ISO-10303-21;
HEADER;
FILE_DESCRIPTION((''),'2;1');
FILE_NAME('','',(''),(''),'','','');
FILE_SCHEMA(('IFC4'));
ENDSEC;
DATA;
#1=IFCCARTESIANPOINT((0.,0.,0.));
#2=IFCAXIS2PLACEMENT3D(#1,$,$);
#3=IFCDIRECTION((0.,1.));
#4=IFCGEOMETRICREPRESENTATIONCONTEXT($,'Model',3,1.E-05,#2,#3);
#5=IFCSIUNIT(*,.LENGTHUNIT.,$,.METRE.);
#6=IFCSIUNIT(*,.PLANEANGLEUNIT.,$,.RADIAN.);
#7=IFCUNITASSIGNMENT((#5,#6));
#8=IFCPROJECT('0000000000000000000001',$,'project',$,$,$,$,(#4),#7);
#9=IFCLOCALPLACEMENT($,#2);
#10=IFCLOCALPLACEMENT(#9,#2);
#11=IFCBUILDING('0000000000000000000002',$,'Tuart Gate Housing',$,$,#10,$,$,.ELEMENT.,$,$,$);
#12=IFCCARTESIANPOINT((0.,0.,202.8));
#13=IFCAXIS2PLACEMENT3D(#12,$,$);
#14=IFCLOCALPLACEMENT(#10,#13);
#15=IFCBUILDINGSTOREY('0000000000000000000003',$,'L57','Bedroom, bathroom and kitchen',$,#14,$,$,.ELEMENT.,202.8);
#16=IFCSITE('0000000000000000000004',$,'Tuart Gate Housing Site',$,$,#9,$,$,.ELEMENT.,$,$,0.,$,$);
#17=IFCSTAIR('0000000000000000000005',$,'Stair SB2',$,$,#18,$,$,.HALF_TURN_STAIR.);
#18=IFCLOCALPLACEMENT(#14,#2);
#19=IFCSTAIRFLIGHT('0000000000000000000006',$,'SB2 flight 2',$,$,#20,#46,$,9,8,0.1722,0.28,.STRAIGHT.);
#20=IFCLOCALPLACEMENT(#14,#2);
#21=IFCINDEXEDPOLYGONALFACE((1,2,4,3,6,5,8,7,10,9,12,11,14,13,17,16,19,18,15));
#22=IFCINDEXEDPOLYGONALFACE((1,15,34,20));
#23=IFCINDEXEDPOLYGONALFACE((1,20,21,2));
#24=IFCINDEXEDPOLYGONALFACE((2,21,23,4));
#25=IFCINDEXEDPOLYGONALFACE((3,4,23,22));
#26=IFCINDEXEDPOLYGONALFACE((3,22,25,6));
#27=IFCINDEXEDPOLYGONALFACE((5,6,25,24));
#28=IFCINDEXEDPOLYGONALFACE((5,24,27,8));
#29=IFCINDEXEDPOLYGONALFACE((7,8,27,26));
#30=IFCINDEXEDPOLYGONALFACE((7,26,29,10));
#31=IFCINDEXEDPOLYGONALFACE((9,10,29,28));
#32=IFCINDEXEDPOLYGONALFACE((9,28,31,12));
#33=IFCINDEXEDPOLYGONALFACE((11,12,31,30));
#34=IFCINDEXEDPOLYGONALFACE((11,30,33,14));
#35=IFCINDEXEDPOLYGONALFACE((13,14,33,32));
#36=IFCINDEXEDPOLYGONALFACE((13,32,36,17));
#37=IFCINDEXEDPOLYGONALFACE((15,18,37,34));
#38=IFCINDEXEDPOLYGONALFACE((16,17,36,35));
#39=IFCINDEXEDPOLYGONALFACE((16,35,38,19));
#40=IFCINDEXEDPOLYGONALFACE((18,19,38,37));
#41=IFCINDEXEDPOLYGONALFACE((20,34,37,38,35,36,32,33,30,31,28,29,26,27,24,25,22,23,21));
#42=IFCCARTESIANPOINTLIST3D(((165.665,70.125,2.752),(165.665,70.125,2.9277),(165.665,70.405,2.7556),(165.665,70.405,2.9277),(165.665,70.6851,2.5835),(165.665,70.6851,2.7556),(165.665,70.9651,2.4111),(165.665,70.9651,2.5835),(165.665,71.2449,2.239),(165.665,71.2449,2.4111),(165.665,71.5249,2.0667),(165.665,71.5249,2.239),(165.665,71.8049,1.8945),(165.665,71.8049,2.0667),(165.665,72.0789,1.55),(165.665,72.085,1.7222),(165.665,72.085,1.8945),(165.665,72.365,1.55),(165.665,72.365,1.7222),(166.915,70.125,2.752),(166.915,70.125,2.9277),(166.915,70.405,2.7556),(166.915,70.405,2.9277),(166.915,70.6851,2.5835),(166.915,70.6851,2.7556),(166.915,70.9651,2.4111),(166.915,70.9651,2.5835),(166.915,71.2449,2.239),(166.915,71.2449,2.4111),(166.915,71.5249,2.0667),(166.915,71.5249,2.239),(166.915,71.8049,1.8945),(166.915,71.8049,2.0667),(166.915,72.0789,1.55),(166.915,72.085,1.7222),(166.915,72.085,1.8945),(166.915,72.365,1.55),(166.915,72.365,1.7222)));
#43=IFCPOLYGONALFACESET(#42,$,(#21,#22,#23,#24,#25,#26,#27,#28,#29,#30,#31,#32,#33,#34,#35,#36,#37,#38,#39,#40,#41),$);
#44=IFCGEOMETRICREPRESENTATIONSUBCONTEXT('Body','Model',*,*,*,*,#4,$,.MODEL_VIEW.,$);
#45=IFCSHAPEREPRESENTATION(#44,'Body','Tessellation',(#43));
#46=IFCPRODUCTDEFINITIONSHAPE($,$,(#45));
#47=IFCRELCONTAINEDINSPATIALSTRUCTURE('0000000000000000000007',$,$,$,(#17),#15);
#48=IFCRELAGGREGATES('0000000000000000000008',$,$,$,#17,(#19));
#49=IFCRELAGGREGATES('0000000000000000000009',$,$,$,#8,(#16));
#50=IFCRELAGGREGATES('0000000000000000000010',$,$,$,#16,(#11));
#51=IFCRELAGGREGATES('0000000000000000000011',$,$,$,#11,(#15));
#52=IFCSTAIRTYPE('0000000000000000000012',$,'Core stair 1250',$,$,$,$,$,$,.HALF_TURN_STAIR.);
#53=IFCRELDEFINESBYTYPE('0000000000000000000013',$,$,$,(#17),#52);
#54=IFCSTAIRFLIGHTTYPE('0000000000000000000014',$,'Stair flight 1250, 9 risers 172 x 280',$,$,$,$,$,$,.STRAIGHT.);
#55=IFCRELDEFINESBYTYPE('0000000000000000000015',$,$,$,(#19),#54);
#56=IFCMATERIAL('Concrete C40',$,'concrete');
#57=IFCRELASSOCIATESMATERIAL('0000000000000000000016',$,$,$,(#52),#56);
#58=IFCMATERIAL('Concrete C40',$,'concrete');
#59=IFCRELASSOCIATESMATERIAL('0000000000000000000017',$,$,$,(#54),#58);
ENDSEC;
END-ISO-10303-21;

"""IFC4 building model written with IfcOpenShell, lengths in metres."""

from ifc_helpers import new_model, si_unit, direction, frame, origin, place, context, subcontext, project, spatial, polyline, outline, extrude, material, type_object, element, aggregate, save


model = new_model("IFC4")

# Units and contexts
model_context = context("Model", 3, precision=1e-05, world=origin(), true_north=direction((0.0, 1.0)))
body_context = subcontext(model_context, "Body", "Model", "MODEL_VIEW")
ifc_project = project(units=[si_unit("LENGTHUNIT", "METRE"), si_unit("PLANEANGLEUNIT", "RADIAN")], contexts=[model_context])

# Site, building, storey
site_placement = place(None, origin())
site = spatial("IfcSite", under=ifc_project, at=site_placement, Name="Tuart Gate Housing Site", CompositionType="ELEMENT", RefElevation=0.0)
building_placement = place(site_placement, origin())
building = spatial("IfcBuilding", under=site, at=building_placement, Name="Tuart Gate Housing", CompositionType="ELEMENT")
storey_placement = place(building_placement, frame((0.0, 0.0, 202.8)))
storey = spatial("IfcBuildingStorey", under=building, at=storey_placement, Name="L57", Description="Bedroom, bathroom and kitchen", CompositionType="ELEMENT", Elevation=202.8)

# Stair, stair flight
ifc_material_1 = material(Name="Concrete C40", Category="concrete")
stair_type = type_object("IfcStairType", Name="Core stair 1250", PredefinedType="HALF_TURN_STAIR", material=ifc_material_1)
stair_placement = place(storey_placement, origin())
stair = element("IfcStair", 1, at=stair_placement, inside=storey, type_object=stair_type, Name="Stair SB2", PredefinedType="HALF_TURN_STAIR")
ifc_material_2 = material(Name="Concrete C40", Category="concrete")
stair_flight_type = type_object("IfcStairFlightType", Name="Stair flight 1250, 9 risers 172 x 280", PredefinedType="STRAIGHT", material=ifc_material_2)
stair_flight_placement = place(storey_placement, frame((166.29, 72.365, 1.55), z_axis=(0.0, 0.0, 1.0), x_axis=(0.0, -1.0, 0.0)))
stair_flight = element("IfcStairFlight", 2, at=stair_flight_placement, type_object=stair_flight_type, Name="SB2 flight 2", NumberOfRisers=9, NumberOfTreads=8, PredefinedType="STRAIGHT", RiserHeight=0.1722, TreadLength=0.28, context=body_context, shape_type="SweptSolid", body=[
    extrude(outline(polyline([(0.0, 0.0), (0.0, 0.1721), (0.28, 0.1721), (0.28, 0.3445), (0.5601, 0.3445), (0.5601, 0.5166), (0.8401, 0.5166), (0.8401, 0.689), (1.1201, 0.689), (1.1201, 0.8611), (1.3999, 0.8611), (1.3999, 1.0334), (1.6799, 1.0334), (1.6799, 1.2056), (1.96, 1.2056), (1.96, 1.3777), (2.24, 1.3777), (2.24, 1.55), (2.24, 1.2019), (0.2861, 0.0), (0.0, 0.0)])), frame((0.0, 0.625, 0.0), z_axis=(0.0, -1.0, 0.0), x_axis=(1.0, 0.0, 0.0)), (0.0, 0.0, 1.0), 1.25),
])
aggregate(stair, [stair_flight])

save(model, "model.ifc")
